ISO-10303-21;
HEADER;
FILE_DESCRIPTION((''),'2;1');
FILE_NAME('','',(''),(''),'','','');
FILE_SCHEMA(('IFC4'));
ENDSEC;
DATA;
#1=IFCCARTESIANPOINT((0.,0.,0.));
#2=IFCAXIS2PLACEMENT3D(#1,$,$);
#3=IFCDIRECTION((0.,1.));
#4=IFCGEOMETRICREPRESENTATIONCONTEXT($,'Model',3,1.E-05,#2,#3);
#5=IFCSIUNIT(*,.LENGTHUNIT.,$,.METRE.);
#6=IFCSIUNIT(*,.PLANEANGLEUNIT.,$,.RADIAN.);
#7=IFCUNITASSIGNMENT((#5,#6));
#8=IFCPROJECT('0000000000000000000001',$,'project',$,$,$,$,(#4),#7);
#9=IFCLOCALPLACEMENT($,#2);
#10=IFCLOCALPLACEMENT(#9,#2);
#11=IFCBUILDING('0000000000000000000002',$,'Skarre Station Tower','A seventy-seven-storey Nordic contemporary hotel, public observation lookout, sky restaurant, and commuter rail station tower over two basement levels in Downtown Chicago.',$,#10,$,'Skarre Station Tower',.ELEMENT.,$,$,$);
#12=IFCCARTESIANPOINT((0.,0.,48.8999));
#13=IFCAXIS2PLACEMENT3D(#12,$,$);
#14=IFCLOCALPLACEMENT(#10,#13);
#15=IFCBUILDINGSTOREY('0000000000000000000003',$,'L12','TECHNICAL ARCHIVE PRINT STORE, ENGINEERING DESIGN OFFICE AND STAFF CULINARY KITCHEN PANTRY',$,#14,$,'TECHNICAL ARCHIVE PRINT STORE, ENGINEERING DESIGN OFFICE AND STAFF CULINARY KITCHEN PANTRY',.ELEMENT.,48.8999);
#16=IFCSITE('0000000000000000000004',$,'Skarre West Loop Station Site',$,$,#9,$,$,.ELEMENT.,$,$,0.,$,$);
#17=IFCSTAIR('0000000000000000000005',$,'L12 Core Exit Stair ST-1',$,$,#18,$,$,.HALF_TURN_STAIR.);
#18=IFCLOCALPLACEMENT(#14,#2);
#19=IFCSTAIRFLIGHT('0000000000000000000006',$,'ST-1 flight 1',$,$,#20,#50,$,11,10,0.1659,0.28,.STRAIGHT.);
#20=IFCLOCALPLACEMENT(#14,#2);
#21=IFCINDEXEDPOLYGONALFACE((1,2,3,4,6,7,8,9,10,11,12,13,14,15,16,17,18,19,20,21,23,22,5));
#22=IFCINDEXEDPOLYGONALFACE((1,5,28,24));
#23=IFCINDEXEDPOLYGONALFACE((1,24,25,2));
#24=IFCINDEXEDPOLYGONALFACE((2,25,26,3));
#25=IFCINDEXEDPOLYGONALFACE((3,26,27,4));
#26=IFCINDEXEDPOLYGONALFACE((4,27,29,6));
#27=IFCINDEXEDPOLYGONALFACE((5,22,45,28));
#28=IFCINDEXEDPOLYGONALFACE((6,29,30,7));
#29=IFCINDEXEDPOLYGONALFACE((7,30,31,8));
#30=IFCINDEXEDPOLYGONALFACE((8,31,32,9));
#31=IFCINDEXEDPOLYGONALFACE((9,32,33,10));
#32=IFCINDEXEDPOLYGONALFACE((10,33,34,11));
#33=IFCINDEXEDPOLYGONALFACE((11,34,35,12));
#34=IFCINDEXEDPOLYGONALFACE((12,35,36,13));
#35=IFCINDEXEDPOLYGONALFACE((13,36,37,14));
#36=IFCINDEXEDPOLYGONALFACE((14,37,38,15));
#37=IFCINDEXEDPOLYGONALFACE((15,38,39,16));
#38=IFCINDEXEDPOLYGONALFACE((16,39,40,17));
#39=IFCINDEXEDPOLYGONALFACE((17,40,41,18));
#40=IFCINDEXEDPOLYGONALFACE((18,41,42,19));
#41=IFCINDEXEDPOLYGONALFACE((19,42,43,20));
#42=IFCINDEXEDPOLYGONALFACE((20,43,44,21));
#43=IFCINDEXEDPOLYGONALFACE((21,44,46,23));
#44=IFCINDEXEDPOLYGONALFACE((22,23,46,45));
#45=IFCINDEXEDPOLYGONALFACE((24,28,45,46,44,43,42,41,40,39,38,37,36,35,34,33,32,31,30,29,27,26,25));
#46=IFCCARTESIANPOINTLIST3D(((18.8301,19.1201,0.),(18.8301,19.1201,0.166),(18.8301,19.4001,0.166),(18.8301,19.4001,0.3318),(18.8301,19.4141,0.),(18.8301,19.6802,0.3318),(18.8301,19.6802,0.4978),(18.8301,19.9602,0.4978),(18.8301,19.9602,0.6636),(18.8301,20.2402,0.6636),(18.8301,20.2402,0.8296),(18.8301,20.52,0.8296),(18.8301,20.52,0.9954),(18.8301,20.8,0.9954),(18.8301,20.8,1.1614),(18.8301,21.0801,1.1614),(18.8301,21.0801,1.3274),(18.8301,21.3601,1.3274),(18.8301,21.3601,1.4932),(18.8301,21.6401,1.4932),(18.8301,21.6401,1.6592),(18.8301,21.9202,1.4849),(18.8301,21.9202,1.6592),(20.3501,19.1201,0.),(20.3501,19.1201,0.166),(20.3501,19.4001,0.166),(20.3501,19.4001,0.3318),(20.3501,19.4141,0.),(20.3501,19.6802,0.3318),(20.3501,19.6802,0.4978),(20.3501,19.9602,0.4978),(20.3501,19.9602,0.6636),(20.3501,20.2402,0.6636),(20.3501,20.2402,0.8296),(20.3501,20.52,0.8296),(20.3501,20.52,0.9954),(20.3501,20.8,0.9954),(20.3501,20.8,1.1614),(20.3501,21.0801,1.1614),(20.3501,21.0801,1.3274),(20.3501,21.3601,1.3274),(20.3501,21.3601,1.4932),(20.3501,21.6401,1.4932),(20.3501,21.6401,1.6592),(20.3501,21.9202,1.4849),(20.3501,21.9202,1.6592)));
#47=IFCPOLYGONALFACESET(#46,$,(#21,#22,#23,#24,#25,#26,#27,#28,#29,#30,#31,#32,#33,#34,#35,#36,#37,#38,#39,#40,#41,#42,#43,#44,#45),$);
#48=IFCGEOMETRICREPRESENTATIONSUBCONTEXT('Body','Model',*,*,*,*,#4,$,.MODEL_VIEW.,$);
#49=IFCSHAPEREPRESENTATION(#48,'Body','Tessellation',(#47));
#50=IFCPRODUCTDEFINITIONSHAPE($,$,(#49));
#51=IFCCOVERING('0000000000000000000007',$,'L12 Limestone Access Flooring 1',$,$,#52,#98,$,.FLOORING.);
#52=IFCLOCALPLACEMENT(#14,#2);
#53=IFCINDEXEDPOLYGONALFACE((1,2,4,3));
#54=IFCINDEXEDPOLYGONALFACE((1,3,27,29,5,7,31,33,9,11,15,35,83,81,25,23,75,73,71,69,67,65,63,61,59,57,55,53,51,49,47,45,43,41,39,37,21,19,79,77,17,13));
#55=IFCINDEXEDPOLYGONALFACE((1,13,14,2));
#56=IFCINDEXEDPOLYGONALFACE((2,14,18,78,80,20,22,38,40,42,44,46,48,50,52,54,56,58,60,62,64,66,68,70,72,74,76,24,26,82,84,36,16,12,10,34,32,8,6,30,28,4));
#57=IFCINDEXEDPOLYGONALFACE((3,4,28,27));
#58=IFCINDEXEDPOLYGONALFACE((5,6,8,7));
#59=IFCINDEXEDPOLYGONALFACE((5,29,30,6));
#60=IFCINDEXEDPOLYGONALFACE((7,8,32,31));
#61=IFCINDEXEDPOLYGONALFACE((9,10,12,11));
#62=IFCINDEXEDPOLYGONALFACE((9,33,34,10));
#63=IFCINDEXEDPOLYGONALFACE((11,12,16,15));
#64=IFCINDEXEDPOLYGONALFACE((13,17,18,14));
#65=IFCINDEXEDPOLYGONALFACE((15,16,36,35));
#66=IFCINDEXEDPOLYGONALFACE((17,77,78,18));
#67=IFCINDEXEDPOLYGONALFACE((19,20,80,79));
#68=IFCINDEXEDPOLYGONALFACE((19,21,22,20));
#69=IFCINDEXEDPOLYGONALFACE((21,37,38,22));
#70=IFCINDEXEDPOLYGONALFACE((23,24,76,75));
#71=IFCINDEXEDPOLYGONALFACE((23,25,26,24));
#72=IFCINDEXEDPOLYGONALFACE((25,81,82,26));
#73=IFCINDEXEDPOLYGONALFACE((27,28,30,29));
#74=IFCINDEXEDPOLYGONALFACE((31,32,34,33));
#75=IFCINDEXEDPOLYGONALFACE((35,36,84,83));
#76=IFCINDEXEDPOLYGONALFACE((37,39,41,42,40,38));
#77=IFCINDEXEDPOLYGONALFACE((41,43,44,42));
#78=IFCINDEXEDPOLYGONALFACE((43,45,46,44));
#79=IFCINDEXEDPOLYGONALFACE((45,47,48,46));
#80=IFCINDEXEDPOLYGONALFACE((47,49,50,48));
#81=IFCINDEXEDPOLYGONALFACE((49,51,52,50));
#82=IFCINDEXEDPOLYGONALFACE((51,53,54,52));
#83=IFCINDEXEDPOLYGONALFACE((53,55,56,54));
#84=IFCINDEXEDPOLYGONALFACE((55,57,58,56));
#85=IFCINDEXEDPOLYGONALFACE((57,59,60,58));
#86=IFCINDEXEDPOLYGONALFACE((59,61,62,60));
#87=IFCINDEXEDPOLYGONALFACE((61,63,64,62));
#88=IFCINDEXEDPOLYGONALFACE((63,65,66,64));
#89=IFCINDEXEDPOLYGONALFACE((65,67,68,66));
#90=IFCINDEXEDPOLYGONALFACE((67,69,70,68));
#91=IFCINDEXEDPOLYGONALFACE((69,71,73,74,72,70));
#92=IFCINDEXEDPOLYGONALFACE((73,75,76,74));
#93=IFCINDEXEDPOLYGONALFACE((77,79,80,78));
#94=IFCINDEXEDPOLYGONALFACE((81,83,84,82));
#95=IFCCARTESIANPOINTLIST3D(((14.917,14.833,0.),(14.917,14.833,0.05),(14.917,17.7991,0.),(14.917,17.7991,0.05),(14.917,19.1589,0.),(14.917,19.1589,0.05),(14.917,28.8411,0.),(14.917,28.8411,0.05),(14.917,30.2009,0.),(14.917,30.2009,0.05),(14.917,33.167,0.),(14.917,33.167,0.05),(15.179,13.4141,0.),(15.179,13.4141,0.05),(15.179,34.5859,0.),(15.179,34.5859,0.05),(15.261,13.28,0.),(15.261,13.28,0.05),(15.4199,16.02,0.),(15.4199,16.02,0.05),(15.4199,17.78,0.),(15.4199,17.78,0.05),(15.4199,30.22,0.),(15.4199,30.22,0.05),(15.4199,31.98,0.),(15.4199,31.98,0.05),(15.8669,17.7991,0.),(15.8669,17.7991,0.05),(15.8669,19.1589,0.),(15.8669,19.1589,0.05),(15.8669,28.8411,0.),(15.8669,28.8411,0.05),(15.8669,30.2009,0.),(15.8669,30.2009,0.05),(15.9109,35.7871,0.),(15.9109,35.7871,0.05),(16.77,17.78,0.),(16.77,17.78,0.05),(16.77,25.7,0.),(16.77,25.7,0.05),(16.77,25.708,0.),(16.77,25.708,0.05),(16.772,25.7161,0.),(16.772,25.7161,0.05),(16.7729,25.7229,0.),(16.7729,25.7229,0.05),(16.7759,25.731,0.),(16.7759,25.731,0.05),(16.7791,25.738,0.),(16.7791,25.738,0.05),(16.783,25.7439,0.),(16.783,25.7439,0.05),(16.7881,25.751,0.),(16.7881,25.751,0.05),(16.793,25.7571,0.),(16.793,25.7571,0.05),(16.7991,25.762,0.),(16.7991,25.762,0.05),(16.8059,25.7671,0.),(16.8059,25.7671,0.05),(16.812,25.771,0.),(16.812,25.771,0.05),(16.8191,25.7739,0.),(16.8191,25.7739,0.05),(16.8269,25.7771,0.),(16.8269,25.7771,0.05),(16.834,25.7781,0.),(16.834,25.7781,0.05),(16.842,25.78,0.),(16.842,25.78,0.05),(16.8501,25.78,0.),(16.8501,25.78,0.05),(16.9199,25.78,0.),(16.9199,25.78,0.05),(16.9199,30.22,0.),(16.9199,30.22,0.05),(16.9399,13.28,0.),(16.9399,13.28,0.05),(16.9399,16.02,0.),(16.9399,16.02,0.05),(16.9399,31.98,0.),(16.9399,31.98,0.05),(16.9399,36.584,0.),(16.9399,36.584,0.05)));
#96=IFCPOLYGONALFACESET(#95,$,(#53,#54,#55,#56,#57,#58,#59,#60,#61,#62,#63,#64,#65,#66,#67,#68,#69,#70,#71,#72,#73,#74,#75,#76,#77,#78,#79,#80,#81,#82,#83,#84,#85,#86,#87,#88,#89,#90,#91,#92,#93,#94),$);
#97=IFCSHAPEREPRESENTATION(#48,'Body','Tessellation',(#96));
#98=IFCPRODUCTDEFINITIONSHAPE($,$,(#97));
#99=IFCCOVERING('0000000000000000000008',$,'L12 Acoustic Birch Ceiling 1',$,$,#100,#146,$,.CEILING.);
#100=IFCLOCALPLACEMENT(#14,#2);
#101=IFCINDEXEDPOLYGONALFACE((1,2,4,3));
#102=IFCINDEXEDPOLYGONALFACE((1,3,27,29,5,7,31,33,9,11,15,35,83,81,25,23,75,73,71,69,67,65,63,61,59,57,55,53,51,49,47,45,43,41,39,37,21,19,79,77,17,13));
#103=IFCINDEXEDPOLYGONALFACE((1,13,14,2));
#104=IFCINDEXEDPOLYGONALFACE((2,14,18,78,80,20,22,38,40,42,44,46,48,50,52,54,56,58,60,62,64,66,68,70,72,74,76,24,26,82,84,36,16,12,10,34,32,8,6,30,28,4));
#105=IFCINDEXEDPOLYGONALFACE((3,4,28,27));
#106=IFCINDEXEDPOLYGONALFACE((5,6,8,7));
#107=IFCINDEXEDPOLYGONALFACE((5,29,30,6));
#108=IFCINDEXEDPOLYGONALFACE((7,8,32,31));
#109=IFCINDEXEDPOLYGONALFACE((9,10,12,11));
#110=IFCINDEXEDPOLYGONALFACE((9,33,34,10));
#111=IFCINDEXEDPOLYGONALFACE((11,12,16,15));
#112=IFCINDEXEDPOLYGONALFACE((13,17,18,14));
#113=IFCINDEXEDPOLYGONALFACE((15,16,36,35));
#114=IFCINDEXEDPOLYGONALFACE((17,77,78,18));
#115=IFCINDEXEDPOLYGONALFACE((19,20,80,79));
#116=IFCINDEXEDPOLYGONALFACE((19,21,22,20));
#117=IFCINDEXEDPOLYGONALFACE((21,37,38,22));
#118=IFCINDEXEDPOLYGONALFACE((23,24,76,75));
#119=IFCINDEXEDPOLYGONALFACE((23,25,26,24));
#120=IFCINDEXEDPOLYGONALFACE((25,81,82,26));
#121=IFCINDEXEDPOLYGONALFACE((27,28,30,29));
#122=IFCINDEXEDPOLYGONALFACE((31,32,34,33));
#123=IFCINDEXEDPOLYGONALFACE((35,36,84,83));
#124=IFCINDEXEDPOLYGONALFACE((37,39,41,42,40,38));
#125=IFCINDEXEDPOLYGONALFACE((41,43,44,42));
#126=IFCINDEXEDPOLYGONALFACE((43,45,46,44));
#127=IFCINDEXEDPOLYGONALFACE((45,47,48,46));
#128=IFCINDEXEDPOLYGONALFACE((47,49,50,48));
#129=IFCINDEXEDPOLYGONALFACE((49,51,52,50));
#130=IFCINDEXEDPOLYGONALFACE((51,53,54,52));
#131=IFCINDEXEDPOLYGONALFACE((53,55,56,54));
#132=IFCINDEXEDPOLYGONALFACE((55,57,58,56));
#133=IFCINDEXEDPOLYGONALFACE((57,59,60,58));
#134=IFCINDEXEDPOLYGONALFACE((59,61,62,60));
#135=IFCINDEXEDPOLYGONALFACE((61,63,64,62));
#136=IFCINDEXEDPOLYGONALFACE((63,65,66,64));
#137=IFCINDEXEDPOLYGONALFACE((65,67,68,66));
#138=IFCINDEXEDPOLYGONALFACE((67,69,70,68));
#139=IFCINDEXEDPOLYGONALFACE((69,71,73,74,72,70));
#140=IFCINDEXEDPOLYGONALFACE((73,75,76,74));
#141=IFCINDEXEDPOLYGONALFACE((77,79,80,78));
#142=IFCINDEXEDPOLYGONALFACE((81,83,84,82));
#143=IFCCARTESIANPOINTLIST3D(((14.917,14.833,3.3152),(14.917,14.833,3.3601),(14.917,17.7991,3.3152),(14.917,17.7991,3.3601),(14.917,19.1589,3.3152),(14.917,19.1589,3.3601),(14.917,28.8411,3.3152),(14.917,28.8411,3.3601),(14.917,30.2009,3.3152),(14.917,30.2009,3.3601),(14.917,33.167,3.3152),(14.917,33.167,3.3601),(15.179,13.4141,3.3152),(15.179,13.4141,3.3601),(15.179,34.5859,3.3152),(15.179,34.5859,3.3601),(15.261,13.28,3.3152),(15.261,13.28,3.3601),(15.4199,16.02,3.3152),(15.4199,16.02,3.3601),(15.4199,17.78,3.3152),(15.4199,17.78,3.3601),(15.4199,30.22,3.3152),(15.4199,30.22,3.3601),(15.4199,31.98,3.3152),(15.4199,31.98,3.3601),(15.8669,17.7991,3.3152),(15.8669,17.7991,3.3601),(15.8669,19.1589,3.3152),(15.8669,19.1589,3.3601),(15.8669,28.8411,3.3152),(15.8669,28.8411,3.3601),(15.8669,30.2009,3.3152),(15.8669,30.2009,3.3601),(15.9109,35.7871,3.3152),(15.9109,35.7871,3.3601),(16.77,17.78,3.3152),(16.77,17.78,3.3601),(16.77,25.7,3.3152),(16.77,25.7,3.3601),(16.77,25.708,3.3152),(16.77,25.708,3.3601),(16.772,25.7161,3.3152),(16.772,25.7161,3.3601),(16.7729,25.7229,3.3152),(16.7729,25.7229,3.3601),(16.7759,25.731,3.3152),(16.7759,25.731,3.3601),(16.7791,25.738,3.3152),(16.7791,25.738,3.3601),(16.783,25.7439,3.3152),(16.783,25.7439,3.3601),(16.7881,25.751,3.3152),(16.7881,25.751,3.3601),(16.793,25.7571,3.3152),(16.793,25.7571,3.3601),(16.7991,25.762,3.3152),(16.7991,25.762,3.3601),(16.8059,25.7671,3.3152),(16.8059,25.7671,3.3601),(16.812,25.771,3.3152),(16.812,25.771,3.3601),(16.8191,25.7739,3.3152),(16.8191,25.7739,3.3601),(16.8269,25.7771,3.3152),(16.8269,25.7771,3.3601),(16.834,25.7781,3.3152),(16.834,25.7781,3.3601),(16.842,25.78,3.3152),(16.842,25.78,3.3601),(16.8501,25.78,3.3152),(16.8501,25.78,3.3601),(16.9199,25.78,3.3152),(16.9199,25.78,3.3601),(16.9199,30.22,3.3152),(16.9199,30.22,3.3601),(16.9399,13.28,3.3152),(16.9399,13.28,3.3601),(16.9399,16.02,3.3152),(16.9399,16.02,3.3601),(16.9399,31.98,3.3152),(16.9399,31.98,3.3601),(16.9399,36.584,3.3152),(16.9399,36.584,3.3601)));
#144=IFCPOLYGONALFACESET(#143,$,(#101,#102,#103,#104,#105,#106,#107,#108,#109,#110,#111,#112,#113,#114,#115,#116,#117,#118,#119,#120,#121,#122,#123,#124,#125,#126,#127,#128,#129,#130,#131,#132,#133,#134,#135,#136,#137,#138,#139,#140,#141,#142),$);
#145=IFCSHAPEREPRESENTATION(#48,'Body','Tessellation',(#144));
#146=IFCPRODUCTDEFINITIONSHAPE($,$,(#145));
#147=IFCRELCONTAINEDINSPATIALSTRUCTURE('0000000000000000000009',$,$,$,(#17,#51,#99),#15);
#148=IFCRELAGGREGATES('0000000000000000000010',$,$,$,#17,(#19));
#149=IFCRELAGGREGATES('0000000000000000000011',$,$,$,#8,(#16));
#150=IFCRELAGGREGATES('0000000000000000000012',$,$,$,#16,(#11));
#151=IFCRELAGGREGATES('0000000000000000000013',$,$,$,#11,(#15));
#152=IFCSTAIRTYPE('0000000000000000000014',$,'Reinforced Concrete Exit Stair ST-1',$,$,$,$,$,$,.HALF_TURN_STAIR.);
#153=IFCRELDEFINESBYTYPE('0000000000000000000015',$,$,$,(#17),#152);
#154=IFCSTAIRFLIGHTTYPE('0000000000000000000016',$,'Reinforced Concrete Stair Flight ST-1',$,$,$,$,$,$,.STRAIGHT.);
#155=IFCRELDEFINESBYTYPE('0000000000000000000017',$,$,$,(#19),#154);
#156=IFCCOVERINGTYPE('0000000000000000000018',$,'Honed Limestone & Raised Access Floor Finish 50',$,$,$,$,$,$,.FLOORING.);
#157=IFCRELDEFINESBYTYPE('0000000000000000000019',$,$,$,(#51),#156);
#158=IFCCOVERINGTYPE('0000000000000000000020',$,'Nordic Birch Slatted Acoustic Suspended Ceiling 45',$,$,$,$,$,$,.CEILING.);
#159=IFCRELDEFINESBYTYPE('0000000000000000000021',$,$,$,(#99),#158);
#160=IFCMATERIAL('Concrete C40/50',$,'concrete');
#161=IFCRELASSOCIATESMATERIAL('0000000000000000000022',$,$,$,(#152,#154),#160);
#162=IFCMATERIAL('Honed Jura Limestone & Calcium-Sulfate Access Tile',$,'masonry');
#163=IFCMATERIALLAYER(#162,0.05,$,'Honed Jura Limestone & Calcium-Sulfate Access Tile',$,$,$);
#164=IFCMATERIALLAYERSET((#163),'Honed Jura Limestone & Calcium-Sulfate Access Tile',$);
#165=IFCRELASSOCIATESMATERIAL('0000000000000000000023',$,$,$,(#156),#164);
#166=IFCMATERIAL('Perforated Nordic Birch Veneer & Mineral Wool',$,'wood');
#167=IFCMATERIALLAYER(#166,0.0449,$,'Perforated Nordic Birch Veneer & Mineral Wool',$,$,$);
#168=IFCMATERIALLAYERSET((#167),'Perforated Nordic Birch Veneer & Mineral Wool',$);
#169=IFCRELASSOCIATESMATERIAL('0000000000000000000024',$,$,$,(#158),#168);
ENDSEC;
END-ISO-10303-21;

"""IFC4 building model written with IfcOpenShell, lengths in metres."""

from ifc_helpers import new_model, si_unit, direction, frame, origin, place, context, subcontext, project, spatial, polyline, outline, extrude, material, layer, layer_set, type_object, element, aggregate, save


model = new_model("IFC4")

# Units and contexts
model_context = context("Model", 3, precision=1e-05, world=origin(), true_north=direction((0.0, 1.0)))
body_context = subcontext(model_context, "Body", "Model", "MODEL_VIEW")
ifc_project = project(units=[si_unit("LENGTHUNIT", "METRE"), si_unit("PLANEANGLEUNIT", "RADIAN")], contexts=[model_context])

# Site, building, storey
site_placement = place(None, origin())
site = spatial("IfcSite", under=ifc_project, at=site_placement, Name="Skarre West Loop Station Site", CompositionType="ELEMENT", RefElevation=0.0)
building_placement = place(site_placement, origin())
building = spatial("IfcBuilding", under=site, at=building_placement, Name="Skarre Station Tower", Description="A seventy-seven-storey Nordic contemporary hotel, public observation lookout, sky restaurant, and commuter rail station tower over two basement levels in Downtown Chicago.", LongName="Skarre Station Tower", CompositionType="ELEMENT")
storey_placement = place(building_placement, frame((0.0, 0.0, 48.8999)))
storey = spatial("IfcBuildingStorey", under=building, at=storey_placement, Name="L12", Description="TECHNICAL ARCHIVE PRINT STORE, ENGINEERING DESIGN OFFICE AND STAFF CULINARY KITCHEN PANTRY", LongName="TECHNICAL ARCHIVE PRINT STORE, ENGINEERING DESIGN OFFICE AND STAFF CULINARY KITCHEN PANTRY", CompositionType="ELEMENT", Elevation=48.8999)

# Stair
ifc_material_1 = material(Name="Concrete C40/50", Category="concrete")
stair_type_1 = type_object("IfcStairType", Name="Reinforced Concrete Exit Stair ST-1", PredefinedType="HALF_TURN_STAIR", material=ifc_material_1)
stair_1_placement = place(storey_placement, origin())
stair_1 = element("IfcStair", 1, at=stair_1_placement, inside=storey, type_object=stair_type_1, Name="L12 Core Exit Stair ST-1", PredefinedType="HALF_TURN_STAIR")

# Stair flight
stair_flight_type = type_object("IfcStairFlightType", Name="Reinforced Concrete Stair Flight ST-1", PredefinedType="STRAIGHT", material=ifc_material_1)
stair_flight_placement = place(storey_placement, frame((19.5901, 19.1201, 0.0), z_axis=(0.0, 0.0, 1.0), x_axis=(0.0, 1.0, 0.0)))
stair_flight = element("IfcStairFlight", 2, at=stair_flight_placement, type_object=stair_flight_type, Name="ST-1 flight 1", NumberOfRisers=11, NumberOfTreads=10, PredefinedType="STRAIGHT", RiserHeight=0.1659, TreadLength=0.28, context=body_context, shape_type="SweptSolid", body=[
    extrude(outline(polyline([(0.0, 0.0), (0.0, 0.166), (0.28, 0.166), (0.28, 0.3318), (0.5601, 0.3318), (0.5601, 0.4978), (0.8401, 0.4978), (0.8401, 0.6636), (1.1201, 0.6636), (1.1201, 0.8296), (1.3999, 0.8296), (1.3999, 0.9954), (1.6799, 0.9954), (1.6799, 1.1614), (1.96, 1.1614), (1.96, 1.3274), (2.24, 1.3274), (2.24, 1.4932), (2.52, 1.4932), (2.52, 1.6592), (2.8, 1.6592), (2.8, 1.825), (2.8, 1.4849), (0.2939, 0.0), (0.0, 0.0)])), frame((0.0, 0.76, 0.0), z_axis=(0.0, -1.0, 0.0), x_axis=(1.0, 0.0, 0.0)), (0.0, 0.0, 1.0), 1.52),
])
aggregate(stair_1, [stair_flight])

# Coverings
ifc_material_2 = material(Name="Honed Jura Limestone & Calcium-Sulfate Access Tile", Category="masonry")
ifc_layer_1 = layer(ifc_material_2, 0.05, Name="Honed Jura Limestone & Calcium-Sulfate Access Tile")
ifc_layer_set_1 = layer_set([ifc_layer_1], Name="Honed Jura Limestone & Calcium-Sulfate Access Tile")
covering_type_1 = type_object("IfcCoveringType", Name="Honed Limestone & Raised Access Floor Finish 50", PredefinedType="FLOORING", material=ifc_layer_set_1)
covering_1_placement = place(storey_placement, origin())
element("IfcCovering", 3, at=covering_1_placement, inside=storey, type_object=covering_type_1, Name="L12 Limestone Access Flooring 1", PredefinedType="FLOORING", context=body_context, shape_type="SweptSolid", body=[
    extrude(outline(polyline([(16.9399, 36.584), (15.9109, 35.7871), (15.179, 34.5859), (14.917, 33.167), (14.917, 30.2009), (15.8669, 30.2009), (15.8669, 28.8411), (14.917, 28.8411), (14.917, 19.1589), (15.8669, 19.1589), (15.8669, 17.7991), (14.917, 17.7991), (14.917, 14.833), (15.179, 13.4141), (15.261, 13.28), (16.9399, 13.28), (16.9399, 16.02), (15.4199, 16.02), (15.4199, 17.78), (16.77, 17.78), (16.77, 25.7), (16.77, 25.708), (16.772, 25.7161), (16.7729, 25.7229), (16.7759, 25.731), (16.7791, 25.738), (16.783, 25.7439), (16.7881, 25.751), (16.793, 25.7571), (16.7991, 25.762), (16.8059, 25.7671), (16.812, 25.771), (16.8191, 25.7739), (16.8269, 25.7771), (16.834, 25.7781), (16.842, 25.78), (16.8501, 25.78), (16.9199, 25.78), (16.9199, 30.22), (15.4199, 30.22), (15.4199, 31.98), (16.9399, 31.98), (16.9399, 36.584)])), origin(), (0.0, 0.0, 1.0), 0.05),
])
ifc_material_3 = material(Name="Perforated Nordic Birch Veneer & Mineral Wool", Category="wood")
ifc_layer_2 = layer(ifc_material_3, 0.0449, Name="Perforated Nordic Birch Veneer & Mineral Wool")
ifc_layer_set_2 = layer_set([ifc_layer_2], Name="Perforated Nordic Birch Veneer & Mineral Wool")
covering_type_2 = type_object("IfcCoveringType", Name="Nordic Birch Slatted Acoustic Suspended Ceiling 45", PredefinedType="CEILING", material=ifc_layer_set_2)
covering_2_placement = place(storey_placement, frame((0.0, 0.0, 3.3152)))
element("IfcCovering", 4, at=covering_2_placement, inside=storey, type_object=covering_type_2, Name="L12 Acoustic Birch Ceiling 1", PredefinedType="CEILING", context=body_context, shape_type="SweptSolid", body=[
    extrude(outline(polyline([(16.9399, 36.584), (15.9109, 35.7871), (15.179, 34.5859), (14.917, 33.167), (14.917, 30.2009), (15.8669, 30.2009), (15.8669, 28.8411), (14.917, 28.8411), (14.917, 19.1589), (15.8669, 19.1589), (15.8669, 17.7991), (14.917, 17.7991), (14.917, 14.833), (15.179, 13.4141), (15.261, 13.28), (16.9399, 13.28), (16.9399, 16.02), (15.4199, 16.02), (15.4199, 17.78), (16.77, 17.78), (16.77, 25.7), (16.77, 25.708), (16.772, 25.7161), (16.7729, 25.7229), (16.7759, 25.731), (16.7791, 25.738), (16.783, 25.7439), (16.7881, 25.751), (16.793, 25.7571), (16.7991, 25.762), (16.8059, 25.7671), (16.812, 25.771), (16.8191, 25.7739), (16.8269, 25.7771), (16.834, 25.7781), (16.842, 25.78), (16.8501, 25.78), (16.9199, 25.78), (16.9199, 30.22), (15.4199, 30.22), (15.4199, 31.98), (16.9399, 31.98), (16.9399, 36.584)])), origin(), (0.0, 0.0, 1.0), 0.0449),
])

save(model, "model.ifc")
